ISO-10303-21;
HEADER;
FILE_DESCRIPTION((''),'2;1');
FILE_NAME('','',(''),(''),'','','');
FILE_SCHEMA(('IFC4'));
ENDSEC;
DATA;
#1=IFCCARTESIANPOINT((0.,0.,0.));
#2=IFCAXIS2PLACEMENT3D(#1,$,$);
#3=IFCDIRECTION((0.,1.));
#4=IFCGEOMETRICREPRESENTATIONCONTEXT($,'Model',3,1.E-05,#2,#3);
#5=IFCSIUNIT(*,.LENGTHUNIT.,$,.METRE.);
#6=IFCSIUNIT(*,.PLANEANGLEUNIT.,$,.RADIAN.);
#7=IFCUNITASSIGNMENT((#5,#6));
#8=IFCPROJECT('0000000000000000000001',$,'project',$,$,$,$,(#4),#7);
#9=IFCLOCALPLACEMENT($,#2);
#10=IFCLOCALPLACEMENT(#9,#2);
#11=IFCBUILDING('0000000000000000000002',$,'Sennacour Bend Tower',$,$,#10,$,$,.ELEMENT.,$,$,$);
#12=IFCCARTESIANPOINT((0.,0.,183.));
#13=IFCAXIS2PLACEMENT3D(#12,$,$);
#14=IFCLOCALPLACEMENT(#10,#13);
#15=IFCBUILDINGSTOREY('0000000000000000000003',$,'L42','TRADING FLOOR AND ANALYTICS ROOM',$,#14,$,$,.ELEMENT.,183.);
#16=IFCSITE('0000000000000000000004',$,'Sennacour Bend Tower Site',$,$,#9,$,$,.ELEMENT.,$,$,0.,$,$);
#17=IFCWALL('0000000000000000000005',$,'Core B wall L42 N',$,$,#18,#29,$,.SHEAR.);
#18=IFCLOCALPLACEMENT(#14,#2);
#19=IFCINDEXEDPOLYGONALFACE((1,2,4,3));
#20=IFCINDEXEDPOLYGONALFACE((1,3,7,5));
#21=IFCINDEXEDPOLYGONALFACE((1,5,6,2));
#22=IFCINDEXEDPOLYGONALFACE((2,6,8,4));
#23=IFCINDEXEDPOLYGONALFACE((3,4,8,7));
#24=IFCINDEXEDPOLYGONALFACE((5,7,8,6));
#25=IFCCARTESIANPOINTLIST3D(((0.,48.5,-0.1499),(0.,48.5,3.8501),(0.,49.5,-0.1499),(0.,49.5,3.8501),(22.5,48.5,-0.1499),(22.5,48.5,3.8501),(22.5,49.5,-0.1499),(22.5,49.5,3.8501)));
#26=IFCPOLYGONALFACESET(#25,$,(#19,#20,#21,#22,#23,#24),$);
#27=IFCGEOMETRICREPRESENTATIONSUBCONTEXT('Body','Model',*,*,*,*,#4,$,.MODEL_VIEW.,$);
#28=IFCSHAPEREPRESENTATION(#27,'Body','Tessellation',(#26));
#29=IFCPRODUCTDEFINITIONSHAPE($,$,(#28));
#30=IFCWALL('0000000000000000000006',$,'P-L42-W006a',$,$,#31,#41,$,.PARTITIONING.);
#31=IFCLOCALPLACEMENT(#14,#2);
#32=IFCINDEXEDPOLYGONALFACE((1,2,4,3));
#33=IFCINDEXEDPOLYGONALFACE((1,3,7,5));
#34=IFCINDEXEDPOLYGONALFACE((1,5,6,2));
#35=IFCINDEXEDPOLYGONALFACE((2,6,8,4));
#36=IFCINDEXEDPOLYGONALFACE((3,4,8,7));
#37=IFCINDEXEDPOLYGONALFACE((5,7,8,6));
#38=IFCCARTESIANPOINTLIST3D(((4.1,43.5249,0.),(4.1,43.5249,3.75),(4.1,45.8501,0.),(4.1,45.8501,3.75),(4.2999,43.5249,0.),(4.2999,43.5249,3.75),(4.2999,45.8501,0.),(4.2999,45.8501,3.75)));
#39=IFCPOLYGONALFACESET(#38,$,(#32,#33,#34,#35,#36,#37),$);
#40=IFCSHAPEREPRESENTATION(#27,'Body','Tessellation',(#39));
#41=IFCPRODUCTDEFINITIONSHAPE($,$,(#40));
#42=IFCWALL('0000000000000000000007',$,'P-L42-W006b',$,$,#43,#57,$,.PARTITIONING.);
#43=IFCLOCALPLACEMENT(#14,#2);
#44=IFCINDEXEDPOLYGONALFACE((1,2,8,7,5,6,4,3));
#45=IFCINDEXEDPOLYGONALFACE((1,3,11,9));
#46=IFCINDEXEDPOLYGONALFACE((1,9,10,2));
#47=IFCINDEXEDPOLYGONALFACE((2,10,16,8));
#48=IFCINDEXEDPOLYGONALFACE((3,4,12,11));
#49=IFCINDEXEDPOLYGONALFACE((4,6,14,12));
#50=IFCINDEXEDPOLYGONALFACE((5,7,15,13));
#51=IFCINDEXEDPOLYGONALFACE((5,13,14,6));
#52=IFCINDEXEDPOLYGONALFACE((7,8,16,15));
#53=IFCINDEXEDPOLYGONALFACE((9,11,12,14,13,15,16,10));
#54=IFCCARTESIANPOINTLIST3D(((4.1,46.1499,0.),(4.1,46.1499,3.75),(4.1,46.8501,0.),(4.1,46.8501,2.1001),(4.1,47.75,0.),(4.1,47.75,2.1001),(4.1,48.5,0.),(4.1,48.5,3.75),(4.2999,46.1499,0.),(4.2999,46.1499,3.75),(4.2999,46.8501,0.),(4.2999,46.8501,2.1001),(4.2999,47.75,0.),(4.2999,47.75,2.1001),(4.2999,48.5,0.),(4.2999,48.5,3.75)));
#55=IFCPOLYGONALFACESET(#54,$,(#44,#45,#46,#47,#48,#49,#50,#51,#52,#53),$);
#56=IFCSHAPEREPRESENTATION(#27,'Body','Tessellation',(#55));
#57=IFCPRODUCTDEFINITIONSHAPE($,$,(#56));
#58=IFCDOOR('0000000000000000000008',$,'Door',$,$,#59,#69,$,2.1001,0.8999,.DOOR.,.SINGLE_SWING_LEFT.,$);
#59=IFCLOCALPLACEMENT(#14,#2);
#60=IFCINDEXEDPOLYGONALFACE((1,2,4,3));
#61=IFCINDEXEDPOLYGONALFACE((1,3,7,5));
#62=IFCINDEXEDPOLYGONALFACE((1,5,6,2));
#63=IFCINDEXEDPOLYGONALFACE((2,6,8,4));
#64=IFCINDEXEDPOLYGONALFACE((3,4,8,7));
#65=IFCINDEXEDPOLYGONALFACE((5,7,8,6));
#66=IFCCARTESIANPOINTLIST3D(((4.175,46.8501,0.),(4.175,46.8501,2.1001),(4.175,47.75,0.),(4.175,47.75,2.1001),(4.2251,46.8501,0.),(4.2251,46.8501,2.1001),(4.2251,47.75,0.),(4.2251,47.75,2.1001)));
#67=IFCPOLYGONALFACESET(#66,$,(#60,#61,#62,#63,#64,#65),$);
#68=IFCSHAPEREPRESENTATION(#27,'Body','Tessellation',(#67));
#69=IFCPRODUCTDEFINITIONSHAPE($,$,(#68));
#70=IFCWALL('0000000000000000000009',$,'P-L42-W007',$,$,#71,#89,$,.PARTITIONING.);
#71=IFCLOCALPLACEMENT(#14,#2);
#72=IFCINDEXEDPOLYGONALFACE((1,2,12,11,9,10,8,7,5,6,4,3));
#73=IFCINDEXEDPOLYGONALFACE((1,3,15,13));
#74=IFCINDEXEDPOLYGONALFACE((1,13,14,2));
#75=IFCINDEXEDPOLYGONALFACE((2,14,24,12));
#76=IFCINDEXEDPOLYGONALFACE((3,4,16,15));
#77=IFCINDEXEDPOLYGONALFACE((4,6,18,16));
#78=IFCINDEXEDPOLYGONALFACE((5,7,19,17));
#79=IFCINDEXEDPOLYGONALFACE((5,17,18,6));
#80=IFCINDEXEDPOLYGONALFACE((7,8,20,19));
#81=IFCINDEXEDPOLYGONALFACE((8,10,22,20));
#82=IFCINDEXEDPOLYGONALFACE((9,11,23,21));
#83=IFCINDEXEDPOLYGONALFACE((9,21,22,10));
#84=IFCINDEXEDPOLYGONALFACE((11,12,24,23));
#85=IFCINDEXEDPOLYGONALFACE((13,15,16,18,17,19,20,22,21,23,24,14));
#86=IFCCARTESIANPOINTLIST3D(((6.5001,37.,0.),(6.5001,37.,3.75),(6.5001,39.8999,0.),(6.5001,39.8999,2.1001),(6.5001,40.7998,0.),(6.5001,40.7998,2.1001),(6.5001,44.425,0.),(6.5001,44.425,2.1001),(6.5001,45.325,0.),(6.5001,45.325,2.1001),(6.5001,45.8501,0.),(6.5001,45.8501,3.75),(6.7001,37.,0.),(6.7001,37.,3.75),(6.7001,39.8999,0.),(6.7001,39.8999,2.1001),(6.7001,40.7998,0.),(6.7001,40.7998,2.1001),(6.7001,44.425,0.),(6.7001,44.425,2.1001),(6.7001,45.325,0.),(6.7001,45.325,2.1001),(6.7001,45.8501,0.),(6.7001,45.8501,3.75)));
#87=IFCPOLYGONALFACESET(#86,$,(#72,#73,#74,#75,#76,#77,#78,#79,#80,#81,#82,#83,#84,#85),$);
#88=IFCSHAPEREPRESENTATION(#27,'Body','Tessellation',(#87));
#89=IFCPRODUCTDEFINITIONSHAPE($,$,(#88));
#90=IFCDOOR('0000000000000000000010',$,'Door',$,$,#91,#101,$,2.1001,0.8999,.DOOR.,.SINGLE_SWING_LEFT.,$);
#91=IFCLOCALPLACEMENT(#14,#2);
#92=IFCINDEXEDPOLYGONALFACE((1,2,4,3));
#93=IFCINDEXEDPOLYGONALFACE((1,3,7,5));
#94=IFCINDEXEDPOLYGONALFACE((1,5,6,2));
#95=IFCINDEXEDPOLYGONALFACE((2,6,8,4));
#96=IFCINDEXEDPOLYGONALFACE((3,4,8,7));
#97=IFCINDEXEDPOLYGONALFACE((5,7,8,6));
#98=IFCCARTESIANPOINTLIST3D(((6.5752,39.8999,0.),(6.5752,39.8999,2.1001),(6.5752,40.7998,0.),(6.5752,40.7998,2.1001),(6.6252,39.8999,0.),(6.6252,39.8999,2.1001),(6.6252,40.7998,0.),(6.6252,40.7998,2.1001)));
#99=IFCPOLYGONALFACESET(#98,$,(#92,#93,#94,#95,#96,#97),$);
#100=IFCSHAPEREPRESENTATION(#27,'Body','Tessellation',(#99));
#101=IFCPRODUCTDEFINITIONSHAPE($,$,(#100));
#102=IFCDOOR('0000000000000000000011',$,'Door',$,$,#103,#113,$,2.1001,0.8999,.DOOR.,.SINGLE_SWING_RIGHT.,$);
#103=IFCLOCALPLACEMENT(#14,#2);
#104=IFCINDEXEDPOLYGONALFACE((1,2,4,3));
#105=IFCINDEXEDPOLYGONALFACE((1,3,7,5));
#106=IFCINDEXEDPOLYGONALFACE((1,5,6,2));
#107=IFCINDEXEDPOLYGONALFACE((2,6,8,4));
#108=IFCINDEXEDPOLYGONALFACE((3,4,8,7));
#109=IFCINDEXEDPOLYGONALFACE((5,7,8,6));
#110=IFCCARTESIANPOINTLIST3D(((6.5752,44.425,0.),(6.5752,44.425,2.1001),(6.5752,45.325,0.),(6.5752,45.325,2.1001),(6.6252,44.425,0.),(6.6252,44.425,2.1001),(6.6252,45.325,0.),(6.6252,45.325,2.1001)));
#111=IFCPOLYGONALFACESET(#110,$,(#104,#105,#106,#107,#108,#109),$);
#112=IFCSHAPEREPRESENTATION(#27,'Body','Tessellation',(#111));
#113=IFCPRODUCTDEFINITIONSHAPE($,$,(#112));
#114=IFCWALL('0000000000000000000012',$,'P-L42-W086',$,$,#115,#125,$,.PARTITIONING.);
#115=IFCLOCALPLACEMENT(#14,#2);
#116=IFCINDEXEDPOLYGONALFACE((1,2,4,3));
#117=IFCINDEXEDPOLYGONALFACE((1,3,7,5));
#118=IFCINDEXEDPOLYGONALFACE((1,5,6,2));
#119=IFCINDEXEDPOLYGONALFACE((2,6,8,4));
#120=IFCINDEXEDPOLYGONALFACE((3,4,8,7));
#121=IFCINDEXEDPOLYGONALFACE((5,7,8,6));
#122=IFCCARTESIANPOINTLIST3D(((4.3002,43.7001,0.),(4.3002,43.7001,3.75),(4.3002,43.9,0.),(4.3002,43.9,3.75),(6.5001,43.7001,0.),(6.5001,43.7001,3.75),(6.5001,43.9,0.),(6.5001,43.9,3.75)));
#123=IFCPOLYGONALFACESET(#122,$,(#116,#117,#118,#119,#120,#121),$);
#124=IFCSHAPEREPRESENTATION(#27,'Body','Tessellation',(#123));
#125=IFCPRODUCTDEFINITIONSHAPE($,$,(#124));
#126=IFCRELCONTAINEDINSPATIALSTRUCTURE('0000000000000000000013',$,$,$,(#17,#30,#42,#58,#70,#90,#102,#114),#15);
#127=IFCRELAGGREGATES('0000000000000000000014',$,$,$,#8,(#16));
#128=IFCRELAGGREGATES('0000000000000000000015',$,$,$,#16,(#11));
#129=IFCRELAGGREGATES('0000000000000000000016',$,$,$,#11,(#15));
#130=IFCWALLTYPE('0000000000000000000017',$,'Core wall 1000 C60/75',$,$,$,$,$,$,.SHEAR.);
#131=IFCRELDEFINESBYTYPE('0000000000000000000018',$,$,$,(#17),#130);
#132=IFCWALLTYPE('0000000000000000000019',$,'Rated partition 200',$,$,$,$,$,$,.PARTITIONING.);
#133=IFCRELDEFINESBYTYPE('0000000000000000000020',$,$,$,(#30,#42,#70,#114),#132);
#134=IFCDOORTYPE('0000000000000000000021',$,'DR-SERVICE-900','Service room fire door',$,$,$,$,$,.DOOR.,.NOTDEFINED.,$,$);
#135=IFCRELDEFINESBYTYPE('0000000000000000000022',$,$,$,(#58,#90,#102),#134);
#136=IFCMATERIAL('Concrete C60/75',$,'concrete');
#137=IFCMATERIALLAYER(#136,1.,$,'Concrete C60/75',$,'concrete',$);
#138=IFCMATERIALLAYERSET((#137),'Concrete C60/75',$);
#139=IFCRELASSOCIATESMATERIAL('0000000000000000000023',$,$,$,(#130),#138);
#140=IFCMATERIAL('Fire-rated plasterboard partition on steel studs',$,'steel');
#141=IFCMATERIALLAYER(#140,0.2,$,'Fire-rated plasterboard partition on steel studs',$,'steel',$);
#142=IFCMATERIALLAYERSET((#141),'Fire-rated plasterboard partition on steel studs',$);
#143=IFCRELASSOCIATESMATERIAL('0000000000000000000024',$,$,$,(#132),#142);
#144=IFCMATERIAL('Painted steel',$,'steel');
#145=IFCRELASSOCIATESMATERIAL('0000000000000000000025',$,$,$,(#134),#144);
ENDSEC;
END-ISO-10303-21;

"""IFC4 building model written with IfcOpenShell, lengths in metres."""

from ifc_helpers import new_model, si_unit, direction, frame, frame_2d, origin, place, context, subcontext, project, spatial, rectangle, extrude, material, layer, layer_set, type_object, element, fill, save


model = new_model("IFC4")

# Units and contexts
model_context = context("Model", 3, precision=1e-05, world=origin(), true_north=direction((0.0, 1.0)))
body_context = subcontext(model_context, "Body", "Model", "MODEL_VIEW")
ifc_project = project(units=[si_unit("LENGTHUNIT", "METRE"), si_unit("PLANEANGLEUNIT", "RADIAN")], contexts=[model_context])

# Site, building, storey
site_placement = place(None, origin())
site = spatial("IfcSite", under=ifc_project, at=site_placement, Name="Sennacour Bend Tower Site", CompositionType="ELEMENT", RefElevation=0.0)
building_placement = place(site_placement, origin())
building = spatial("IfcBuilding", under=site, at=building_placement, Name="Sennacour Bend Tower", CompositionType="ELEMENT")
storey_placement = place(building_placement, frame((0.0, 0.0, 183.0)))
storey = spatial("IfcBuildingStorey", under=building, at=storey_placement, Name="L42", Description="TRADING FLOOR AND ANALYTICS ROOM", CompositionType="ELEMENT", Elevation=183.0)

# Walls
ifc_material_1 = material(Name="Concrete C60/75", Category="concrete")
ifc_layer_1 = layer(ifc_material_1, 1.0, Name="Concrete C60/75", Category="concrete")
ifc_layer_set_1 = layer_set([ifc_layer_1], Name="Concrete C60/75")
wall_type_1 = type_object("IfcWallType", Name="Core wall 1000 C60/75", PredefinedType="SHEAR", material=ifc_layer_set_1)
wall_1_placement = place(storey_placement, frame((0.0, 49.0, -0.1499), z_axis=(0.0, 0.0, 1.0), x_axis=(1.0, 0.0, 0.0)))
element("IfcWall", 1, at=wall_1_placement, inside=storey, type_object=wall_type_1, Name="Core B wall L42 N", PredefinedType="SHEAR", context=body_context, shape_type="SweptSolid", body=[
    extrude(rectangle(XDim=22.5, YDim=1.0, at=frame_2d((11.25, 0.0))), origin(), (0.0, 0.0, 1.0), 4.0),
])
ifc_material_2 = material(Name="Fire-rated plasterboard partition on steel studs", Category="steel")
ifc_layer_2 = layer(ifc_material_2, 0.2, Name="Fire-rated plasterboard partition on steel studs", Category="steel")
ifc_layer_set_2 = layer_set([ifc_layer_2], Name="Fire-rated plasterboard partition on steel studs")
wall_type_2 = type_object("IfcWallType", Name="Rated partition 200", PredefinedType="PARTITIONING", material=ifc_layer_set_2)
wall_2_placement = place(storey_placement, frame((4.2, 43.5249, 0.0), z_axis=(0.0, 0.0, 1.0), x_axis=(0.0, 1.0, 0.0)))
element("IfcWall", 2, at=wall_2_placement, inside=storey, type_object=wall_type_2, Name="P-L42-W006a", PredefinedType="PARTITIONING", context=body_context, shape_type="SweptSolid", body=[
    extrude(rectangle(XDim=2.3252, YDim=0.2, at=frame_2d((1.1626, 0.0))), origin(), (0.0, 0.0, 1.0), 3.75),
])

# Wall, opening, door
wall_3_placement = place(storey_placement, frame((4.2, 46.1499, 0.0), z_axis=(0.0, 0.0, 1.0), x_axis=(0.0, 1.0, 0.0)))
wall_3 = element("IfcWall", 3, at=wall_3_placement, inside=storey, type_object=wall_type_2, Name="P-L42-W006b", PredefinedType="PARTITIONING", context=body_context, shape_type="SweptSolid", body=[
    extrude(rectangle(XDim=2.3501, YDim=0.2, at=frame_2d((1.175, 0.0))), origin(), (0.0, 0.0, 1.0), 3.75),
])
opening_1_placement = place(wall_3_placement, frame((0.7002, 0.0, 0.0)))
opening_1 = element("IfcOpeningElement", 4, at=opening_1_placement, cuts=wall_3, PredefinedType="OPENING", context=body_context, shape_type="SweptSolid", body=[
    extrude(rectangle(XDim=0.8999, YDim=2.1001, at=frame_2d((0.45, 1.05))), frame((0.0, 0.1099, 0.0), z_axis=(0.0, -1.0, 0.0), x_axis=(1.0, 0.0, 0.0)), (0.0, 0.0, 1.0), 0.22),
])
ifc_material_3 = material(Name="Painted steel", Category="steel")
door_type_1 = type_object("IfcDoorType", Name="DR-SERVICE-900", Description="Service room fire door", OperationType="NOTDEFINED", PredefinedType="DOOR", material=ifc_material_3)
door_1_placement = place(opening_1_placement, origin())
door_1 = element("IfcDoor", 5, at=door_1_placement, inside=storey, type_object=door_type_1, Name="Door", OperationType="SINGLE_SWING_LEFT", OverallHeight=2.1001, OverallWidth=0.8999, PredefinedType="DOOR", context=body_context, shape_type="SweptSolid", body=[
    extrude(rectangle(XDim=0.8999, YDim=2.1001, at=frame_2d((0.45, 1.05))), frame((0.0, 0.0249, 0.0), z_axis=(0.0, -1.0, 0.0), x_axis=(1.0, 0.0, 0.0)), (0.0, 0.0, 1.0), 0.05),
])
fill(opening_1, door_1)

# Wall, openings, doors
wall_4_placement = place(storey_placement, frame((6.6001, 37.0, 0.0), z_axis=(0.0, 0.0, 1.0), x_axis=(0.0, 1.0, 0.0)))
wall_4 = element("IfcWall", 6, at=wall_4_placement, inside=storey, type_object=wall_type_2, Name="P-L42-W007", PredefinedType="PARTITIONING", context=body_context, shape_type="SweptSolid", body=[
    extrude(rectangle(XDim=8.8501, YDim=0.2, at=frame_2d((4.425, 0.0))), origin(), (0.0, 0.0, 1.0), 3.75),
])
opening_2_placement = place(wall_4_placement, frame((2.8999, 0.0, 0.0)))
opening_2 = element("IfcOpeningElement", 7, at=opening_2_placement, cuts=wall_4, PredefinedType="OPENING", context=body_context, shape_type="SweptSolid", body=[
    extrude(rectangle(XDim=0.8999, YDim=2.1001, at=frame_2d((0.45, 1.05))), frame((0.0, 0.1099, 0.0), z_axis=(0.0, -1.0, 0.0), x_axis=(1.0, 0.0, 0.0)), (0.0, 0.0, 1.0), 0.22),
])
opening_3_placement = place(wall_4_placement, frame((7.425, 0.0, 0.0)))
opening_3 = element("IfcOpeningElement", 8, at=opening_3_placement, cuts=wall_4, PredefinedType="OPENING", context=body_context, shape_type="SweptSolid", body=[
    extrude(rectangle(XDim=0.8999, YDim=2.1001, at=frame_2d((0.45, 1.05))), frame((0.0, 0.1099, 0.0), z_axis=(0.0, -1.0, 0.0), x_axis=(1.0, 0.0, 0.0)), (0.0, 0.0, 1.0), 0.22),
])
door_2_placement = place(opening_2_placement, origin())
door_2 = element("IfcDoor", 9, at=door_2_placement, inside=storey, type_object=door_type_1, Name="Door", OperationType="SINGLE_SWING_LEFT", OverallHeight=2.1001, OverallWidth=0.8999, PredefinedType="DOOR", context=body_context, shape_type="SweptSolid", body=[
    extrude(rectangle(XDim=0.8999, YDim=2.1001, at=frame_2d((0.45, 1.05))), frame((0.0, 0.0249, 0.0), z_axis=(0.0, -1.0, 0.0), x_axis=(1.0, 0.0, 0.0)), (0.0, 0.0, 1.0), 0.05),
])
fill(opening_2, door_2)
door_3_placement = place(opening_3_placement, origin())
door_3 = element("IfcDoor", 10, at=door_3_placement, inside=storey, type_object=door_type_1, Name="Door", OperationType="SINGLE_SWING_RIGHT", OverallHeight=2.1001, OverallWidth=0.8999, PredefinedType="DOOR", context=body_context, shape_type="SweptSolid", body=[
    extrude(rectangle(XDim=0.8999, YDim=2.1001, at=frame_2d((0.45, 1.05))), frame((0.0, 0.0249, 0.0), z_axis=(0.0, -1.0, 0.0), x_axis=(1.0, 0.0, 0.0)), (0.0, 0.0, 1.0), 0.05),
])
fill(opening_3, door_3)

# Wall
wall_5_placement = place(storey_placement, frame((4.3, 43.8, 0.0), z_axis=(0.0, 0.0, 1.0), x_axis=(1.0, 0.0, 0.0)))
element("IfcWall", 11, at=wall_5_placement, inside=storey, type_object=wall_type_2, Name="P-L42-W086", PredefinedType="PARTITIONING", context=body_context, shape_type="SweptSolid", body=[
    extrude(rectangle(XDim=2.2, YDim=0.2, at=frame_2d((1.1001, 0.0))), origin(), (0.0, 0.0, 1.0), 3.75),
])

save(model, "model.ifc")
